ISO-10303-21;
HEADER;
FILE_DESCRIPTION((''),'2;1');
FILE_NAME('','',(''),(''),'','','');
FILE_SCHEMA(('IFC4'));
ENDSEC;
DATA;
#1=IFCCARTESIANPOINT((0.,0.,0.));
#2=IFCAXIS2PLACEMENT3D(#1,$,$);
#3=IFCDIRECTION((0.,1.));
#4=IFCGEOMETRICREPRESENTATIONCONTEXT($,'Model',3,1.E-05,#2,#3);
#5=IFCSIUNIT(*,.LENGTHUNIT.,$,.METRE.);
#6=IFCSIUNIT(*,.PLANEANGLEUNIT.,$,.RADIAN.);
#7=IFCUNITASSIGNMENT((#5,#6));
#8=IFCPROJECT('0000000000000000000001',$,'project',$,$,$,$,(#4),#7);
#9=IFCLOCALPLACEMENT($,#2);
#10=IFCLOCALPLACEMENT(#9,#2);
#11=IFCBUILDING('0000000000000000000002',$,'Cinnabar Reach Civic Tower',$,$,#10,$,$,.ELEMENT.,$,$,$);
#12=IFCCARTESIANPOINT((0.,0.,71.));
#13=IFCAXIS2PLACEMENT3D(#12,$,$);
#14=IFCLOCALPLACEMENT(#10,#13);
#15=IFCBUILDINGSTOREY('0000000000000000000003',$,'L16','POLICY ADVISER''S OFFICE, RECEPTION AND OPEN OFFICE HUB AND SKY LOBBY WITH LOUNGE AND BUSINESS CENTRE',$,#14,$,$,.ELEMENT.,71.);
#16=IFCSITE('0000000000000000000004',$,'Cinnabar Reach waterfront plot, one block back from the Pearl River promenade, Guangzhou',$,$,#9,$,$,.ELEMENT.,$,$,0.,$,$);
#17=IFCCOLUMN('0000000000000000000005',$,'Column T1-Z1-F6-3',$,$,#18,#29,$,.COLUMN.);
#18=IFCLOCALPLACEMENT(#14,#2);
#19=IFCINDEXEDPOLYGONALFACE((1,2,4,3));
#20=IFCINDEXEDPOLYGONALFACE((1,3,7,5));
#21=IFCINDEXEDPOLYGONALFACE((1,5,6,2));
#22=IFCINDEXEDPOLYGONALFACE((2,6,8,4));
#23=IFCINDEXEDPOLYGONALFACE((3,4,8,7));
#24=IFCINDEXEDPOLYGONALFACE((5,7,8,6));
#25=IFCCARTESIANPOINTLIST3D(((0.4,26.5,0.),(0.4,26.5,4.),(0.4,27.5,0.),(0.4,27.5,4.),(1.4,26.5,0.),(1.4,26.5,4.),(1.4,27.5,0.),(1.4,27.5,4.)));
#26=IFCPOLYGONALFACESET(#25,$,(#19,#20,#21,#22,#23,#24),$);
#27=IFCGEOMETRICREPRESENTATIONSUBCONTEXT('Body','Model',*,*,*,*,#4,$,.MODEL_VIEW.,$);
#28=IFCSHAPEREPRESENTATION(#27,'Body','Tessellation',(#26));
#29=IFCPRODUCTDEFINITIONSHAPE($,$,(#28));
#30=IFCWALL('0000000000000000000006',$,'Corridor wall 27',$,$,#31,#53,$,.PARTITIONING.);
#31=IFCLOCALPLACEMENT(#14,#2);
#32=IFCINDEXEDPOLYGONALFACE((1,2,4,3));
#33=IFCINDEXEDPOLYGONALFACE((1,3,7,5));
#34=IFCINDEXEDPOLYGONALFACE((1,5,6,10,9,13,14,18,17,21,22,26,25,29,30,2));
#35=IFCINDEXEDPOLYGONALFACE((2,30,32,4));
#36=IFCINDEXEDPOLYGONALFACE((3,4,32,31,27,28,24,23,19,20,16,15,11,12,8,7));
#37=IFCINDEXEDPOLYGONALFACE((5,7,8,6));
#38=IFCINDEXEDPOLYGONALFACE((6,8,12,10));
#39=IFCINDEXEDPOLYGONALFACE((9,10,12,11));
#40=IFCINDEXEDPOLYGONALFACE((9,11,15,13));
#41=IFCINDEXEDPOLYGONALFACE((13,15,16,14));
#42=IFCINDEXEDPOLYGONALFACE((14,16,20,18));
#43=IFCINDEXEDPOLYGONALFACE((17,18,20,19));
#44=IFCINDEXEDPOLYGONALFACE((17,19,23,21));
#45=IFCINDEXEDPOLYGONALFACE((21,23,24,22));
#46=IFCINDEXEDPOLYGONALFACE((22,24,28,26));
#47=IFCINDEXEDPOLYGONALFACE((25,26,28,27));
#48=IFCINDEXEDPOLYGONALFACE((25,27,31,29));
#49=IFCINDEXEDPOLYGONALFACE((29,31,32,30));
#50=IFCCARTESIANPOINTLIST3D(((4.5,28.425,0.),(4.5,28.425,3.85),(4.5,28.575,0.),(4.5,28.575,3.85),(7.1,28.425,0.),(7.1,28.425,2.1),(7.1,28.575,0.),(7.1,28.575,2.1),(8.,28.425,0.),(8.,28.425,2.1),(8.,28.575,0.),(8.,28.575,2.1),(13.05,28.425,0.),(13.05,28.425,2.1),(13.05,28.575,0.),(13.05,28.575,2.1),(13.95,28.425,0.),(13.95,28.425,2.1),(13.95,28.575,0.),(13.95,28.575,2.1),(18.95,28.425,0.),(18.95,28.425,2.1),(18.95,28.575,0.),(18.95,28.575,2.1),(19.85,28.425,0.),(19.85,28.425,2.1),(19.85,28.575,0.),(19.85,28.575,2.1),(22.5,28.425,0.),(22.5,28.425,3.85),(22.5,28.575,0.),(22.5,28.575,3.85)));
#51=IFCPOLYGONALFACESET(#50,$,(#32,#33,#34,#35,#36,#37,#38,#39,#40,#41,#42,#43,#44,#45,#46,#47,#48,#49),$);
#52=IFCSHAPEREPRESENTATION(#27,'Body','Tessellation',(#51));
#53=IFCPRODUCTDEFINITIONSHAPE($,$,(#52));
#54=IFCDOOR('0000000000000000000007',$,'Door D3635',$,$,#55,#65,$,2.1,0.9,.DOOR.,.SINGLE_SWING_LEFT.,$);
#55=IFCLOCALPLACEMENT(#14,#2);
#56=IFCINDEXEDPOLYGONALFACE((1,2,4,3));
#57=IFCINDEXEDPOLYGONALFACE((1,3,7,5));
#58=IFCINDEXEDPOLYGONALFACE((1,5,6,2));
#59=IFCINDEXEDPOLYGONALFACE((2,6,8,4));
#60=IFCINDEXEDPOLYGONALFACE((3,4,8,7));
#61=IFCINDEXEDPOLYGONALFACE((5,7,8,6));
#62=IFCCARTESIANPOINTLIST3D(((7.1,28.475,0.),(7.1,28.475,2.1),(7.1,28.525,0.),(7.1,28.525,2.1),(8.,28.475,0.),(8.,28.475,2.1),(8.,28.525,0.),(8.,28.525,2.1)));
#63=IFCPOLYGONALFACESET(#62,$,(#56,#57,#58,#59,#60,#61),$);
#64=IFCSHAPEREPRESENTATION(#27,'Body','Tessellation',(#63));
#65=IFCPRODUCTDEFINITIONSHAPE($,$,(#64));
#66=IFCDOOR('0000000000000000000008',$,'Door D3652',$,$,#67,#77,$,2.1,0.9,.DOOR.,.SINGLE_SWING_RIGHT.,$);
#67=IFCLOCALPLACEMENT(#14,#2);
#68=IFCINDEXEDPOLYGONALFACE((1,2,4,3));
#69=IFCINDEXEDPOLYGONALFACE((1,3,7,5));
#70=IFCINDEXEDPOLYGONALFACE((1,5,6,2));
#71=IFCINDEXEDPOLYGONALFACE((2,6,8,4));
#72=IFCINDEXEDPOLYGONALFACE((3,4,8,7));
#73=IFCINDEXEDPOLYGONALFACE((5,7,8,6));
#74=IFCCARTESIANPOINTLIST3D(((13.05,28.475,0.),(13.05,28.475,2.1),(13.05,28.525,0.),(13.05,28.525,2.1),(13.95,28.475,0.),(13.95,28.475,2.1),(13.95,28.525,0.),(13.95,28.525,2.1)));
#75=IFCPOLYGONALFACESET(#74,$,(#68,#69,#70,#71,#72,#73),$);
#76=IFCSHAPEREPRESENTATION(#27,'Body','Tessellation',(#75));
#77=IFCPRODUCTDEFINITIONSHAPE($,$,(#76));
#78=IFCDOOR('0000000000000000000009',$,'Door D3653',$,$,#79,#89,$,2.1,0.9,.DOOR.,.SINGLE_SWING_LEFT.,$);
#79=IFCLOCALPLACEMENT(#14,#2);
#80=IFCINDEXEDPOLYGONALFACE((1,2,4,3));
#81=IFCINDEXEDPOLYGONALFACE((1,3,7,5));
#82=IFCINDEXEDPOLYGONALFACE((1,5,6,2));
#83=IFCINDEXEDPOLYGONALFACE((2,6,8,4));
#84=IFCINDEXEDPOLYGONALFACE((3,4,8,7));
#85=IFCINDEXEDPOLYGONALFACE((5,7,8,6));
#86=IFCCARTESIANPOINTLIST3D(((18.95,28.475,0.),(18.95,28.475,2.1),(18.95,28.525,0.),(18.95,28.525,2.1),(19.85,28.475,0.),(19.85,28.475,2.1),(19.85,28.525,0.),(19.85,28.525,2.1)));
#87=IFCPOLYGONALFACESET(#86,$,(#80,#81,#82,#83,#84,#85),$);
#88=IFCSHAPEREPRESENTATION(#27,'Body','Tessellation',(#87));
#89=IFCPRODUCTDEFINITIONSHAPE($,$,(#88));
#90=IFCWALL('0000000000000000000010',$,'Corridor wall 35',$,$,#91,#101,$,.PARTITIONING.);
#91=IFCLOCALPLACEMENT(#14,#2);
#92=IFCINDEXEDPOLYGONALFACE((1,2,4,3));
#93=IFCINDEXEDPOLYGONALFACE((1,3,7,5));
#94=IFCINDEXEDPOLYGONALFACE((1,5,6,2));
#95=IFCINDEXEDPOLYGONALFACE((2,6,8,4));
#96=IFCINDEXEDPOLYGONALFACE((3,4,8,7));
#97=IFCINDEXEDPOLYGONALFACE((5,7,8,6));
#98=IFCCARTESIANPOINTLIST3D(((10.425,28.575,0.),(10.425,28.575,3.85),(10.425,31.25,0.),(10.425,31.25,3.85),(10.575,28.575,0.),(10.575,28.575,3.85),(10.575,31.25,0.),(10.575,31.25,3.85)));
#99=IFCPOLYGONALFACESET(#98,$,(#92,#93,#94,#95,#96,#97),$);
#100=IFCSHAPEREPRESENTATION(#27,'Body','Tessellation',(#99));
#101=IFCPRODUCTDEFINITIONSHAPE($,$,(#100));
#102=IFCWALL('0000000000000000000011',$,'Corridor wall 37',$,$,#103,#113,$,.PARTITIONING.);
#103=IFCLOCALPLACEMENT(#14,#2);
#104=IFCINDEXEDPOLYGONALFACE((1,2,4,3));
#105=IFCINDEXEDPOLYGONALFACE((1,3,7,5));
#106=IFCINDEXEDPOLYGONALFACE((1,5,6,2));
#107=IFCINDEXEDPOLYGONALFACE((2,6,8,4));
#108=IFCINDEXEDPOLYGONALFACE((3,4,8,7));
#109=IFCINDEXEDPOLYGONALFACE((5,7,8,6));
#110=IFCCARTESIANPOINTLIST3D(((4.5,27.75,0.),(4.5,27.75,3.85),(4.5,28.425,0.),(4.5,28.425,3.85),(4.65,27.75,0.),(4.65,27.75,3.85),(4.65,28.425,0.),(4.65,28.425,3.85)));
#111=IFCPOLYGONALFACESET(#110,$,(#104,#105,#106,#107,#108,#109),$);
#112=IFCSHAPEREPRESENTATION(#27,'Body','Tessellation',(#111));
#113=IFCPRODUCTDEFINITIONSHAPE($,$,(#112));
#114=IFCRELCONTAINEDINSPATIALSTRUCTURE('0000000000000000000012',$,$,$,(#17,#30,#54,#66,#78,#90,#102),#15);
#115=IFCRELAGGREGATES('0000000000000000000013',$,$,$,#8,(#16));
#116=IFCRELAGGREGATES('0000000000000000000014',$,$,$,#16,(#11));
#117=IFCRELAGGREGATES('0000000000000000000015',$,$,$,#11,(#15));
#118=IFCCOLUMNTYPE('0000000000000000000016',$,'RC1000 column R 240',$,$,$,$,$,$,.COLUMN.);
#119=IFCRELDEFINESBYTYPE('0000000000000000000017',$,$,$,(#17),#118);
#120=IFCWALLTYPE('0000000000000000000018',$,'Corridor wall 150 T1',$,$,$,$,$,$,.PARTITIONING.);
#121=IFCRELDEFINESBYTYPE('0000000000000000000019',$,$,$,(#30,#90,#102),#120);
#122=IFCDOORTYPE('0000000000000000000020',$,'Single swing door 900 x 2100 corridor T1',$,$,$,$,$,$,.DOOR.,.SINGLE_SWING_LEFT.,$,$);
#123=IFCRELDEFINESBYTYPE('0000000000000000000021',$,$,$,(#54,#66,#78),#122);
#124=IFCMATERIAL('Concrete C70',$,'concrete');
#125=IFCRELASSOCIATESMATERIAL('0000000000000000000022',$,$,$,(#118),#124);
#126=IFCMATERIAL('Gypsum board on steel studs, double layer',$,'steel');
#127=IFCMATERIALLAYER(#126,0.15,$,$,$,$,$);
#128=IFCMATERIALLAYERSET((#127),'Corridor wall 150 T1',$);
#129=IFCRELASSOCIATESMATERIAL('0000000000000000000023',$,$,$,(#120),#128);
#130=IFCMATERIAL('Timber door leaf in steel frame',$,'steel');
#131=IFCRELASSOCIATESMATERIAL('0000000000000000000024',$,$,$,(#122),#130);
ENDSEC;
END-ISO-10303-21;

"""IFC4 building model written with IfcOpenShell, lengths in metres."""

from ifc_helpers import new_model, si_unit, direction, frame, frame_2d, origin, origin_2d, place, context, subcontext, project, spatial, rectangle, extrude, material, layer, layer_set, material_profile, profile_set, type_object, element, fill, save


model = new_model("IFC4")

# Units and contexts
model_context = context("Model", 3, precision=1e-05, world=origin(), true_north=direction((0.0, 1.0)))
body_context = subcontext(model_context, "Body", "Model", "MODEL_VIEW")
ifc_project = project(units=[si_unit("LENGTHUNIT", "METRE"), si_unit("PLANEANGLEUNIT", "RADIAN")], contexts=[model_context])

# Site, building, storey
site_placement = place(None, origin())
site = spatial("IfcSite", under=ifc_project, at=site_placement, Name="Cinnabar Reach waterfront plot, one block back from the Pearl River promenade, Guangzhou", CompositionType="ELEMENT", RefElevation=0.0)
building_placement = place(site_placement, origin())
building = spatial("IfcBuilding", under=site, at=building_placement, Name="Cinnabar Reach Civic Tower", CompositionType="ELEMENT")
storey_placement = place(building_placement, frame((0.0, 0.0, 71.0)))
storey = spatial("IfcBuildingStorey", under=building, at=storey_placement, Name="L16", Description="POLICY ADVISER'S OFFICE, RECEPTION AND OPEN OFFICE HUB AND SKY LOBBY WITH LOUNGE AND BUSINESS CENTRE", CompositionType="ELEMENT", Elevation=71.0)

# Column
ifc_material_1 = material(Name="Concrete C70", Category="concrete")
ifc_material_profile = material_profile(ifc_material_1, rectangle(XDim=1.0, YDim=1.0, at=origin_2d()), Name="RC1000")
ifc_profile_set = profile_set([ifc_material_profile], Name="Concrete C70")
column_type = type_object("IfcColumnType", Name="RC1000 column R 240", PredefinedType="COLUMN", material=ifc_profile_set)
column_placement = place(storey_placement, frame((0.9, 27.0, 0.0), z_axis=(0.0, 0.0, 1.0), x_axis=(1.0, 0.0, 0.0)))
element("IfcColumn", 1, at=column_placement, inside=storey, type_object=column_type, Name="Column T1-Z1-F6-3", PredefinedType="COLUMN", context=body_context, shape_type="SweptSolid", body=[
    extrude(rectangle(XDim=1.0, YDim=1.0, at=origin_2d()), origin(), (0.0, 0.0, 1.0), 4.0),
])

# Wall, openings, doors
ifc_material_2 = material(Name="Gypsum board on steel studs, double layer", Category="steel")
ifc_layer_1 = layer(ifc_material_2, 0.15)
ifc_layer_set_1 = layer_set([ifc_layer_1], Name="Corridor wall 150 T1")
wall_type_1 = type_object("IfcWallType", Name="Corridor wall 150 T1", PredefinedType="PARTITIONING", material=ifc_layer_set_1)
wall_1_placement = place(storey_placement, frame((4.5, 28.5, 0.0), z_axis=(0.0, 0.0, 1.0), x_axis=(1.0, 0.0, 0.0)))
wall_1 = element("IfcWall", 2, at=wall_1_placement, inside=storey, type_object=wall_type_1, Name="Corridor wall 27", PredefinedType="PARTITIONING", context=body_context, shape_type="SweptSolid", body=[
    extrude(rectangle(XDim=18.0, YDim=0.15, at=frame_2d((9.0, 0.0))), origin(), (0.0, 0.0, 1.0), 3.85),
])
opening_1_placement = place(wall_1_placement, frame((2.6, 0.0, 0.0)))
opening_1 = element("IfcOpeningElement", 3, at=opening_1_placement, cuts=wall_1, PredefinedType="OPENING", context=body_context, shape_type="SweptSolid", body=[
    extrude(rectangle(XDim=0.9, YDim=2.1, at=frame_2d((0.45, 1.05))), frame((0.0, 0.085, 0.0), z_axis=(0.0, -1.0, 0.0), x_axis=(1.0, 0.0, 0.0)), (0.0, 0.0, 1.0), 0.17),
])
opening_2_placement = place(wall_1_placement, frame((8.55, 0.0, 0.0)))
opening_2 = element("IfcOpeningElement", 4, at=opening_2_placement, cuts=wall_1, PredefinedType="OPENING", context=body_context, shape_type="SweptSolid", body=[
    extrude(rectangle(XDim=0.9, YDim=2.1, at=frame_2d((0.45, 1.05))), frame((0.0, 0.085, 0.0), z_axis=(0.0, -1.0, 0.0), x_axis=(1.0, 0.0, 0.0)), (0.0, 0.0, 1.0), 0.17),
])
opening_3_placement = place(wall_1_placement, frame((14.45, 0.0, 0.0)))
opening_3 = element("IfcOpeningElement", 5, at=opening_3_placement, cuts=wall_1, PredefinedType="OPENING", context=body_context, shape_type="SweptSolid", body=[
    extrude(rectangle(XDim=0.9, YDim=2.1, at=frame_2d((0.45, 1.05))), frame((0.0, 0.085, 0.0), z_axis=(0.0, -1.0, 0.0), x_axis=(1.0, 0.0, 0.0)), (0.0, 0.0, 1.0), 0.17),
])
ifc_material_3 = material(Name="Timber door leaf in steel frame", Category="steel")
door_type_1 = type_object("IfcDoorType", Name="Single swing door 900 x 2100 corridor T1", OperationType="SINGLE_SWING_LEFT", PredefinedType="DOOR", material=ifc_material_3)
door_1_placement = place(opening_1_placement, frame((0.9, 0.0, 0.0), z_axis=(0.0, 0.0, 1.0), x_axis=(-1.0, 0.0, 0.0)))
door_1 = element("IfcDoor", 6, at=door_1_placement, inside=storey, type_object=door_type_1, Name="Door D3635", OperationType="SINGLE_SWING_LEFT", OverallHeight=2.1, OverallWidth=0.9, PredefinedType="DOOR", context=body_context, shape_type="SweptSolid", body=[
    extrude(rectangle(XDim=0.9, YDim=2.1, at=frame_2d((0.45, 1.05))), frame((0.0, 0.025, 0.0), z_axis=(0.0, -1.0, 0.0), x_axis=(1.0, 0.0, 0.0)), (0.0, 0.0, 1.0), 0.05),
])
fill(opening_1, door_1)
door_2_placement = place(opening_2_placement, origin())
door_2 = element("IfcDoor", 7, at=door_2_placement, inside=storey, type_object=door_type_1, Name="Door D3652", OperationType="SINGLE_SWING_RIGHT", OverallHeight=2.1, OverallWidth=0.9, PredefinedType="DOOR", context=body_context, shape_type="SweptSolid", body=[
    extrude(rectangle(XDim=0.9, YDim=2.1, at=frame_2d((0.45, 1.05))), frame((0.0, 0.025, 0.0), z_axis=(0.0, -1.0, 0.0), x_axis=(1.0, 0.0, 0.0)), (0.0, 0.0, 1.0), 0.05),
])
fill(opening_2, door_2)
door_3_placement = place(opening_3_placement, origin())
door_3 = element("IfcDoor", 8, at=door_3_placement, inside=storey, type_object=door_type_1, Name="Door D3653", OperationType="SINGLE_SWING_LEFT", OverallHeight=2.1, OverallWidth=0.9, PredefinedType="DOOR", context=body_context, shape_type="SweptSolid", body=[
    extrude(rectangle(XDim=0.9, YDim=2.1, at=frame_2d((0.45, 1.05))), frame((0.0, 0.025, 0.0), z_axis=(0.0, -1.0, 0.0), x_axis=(1.0, 0.0, 0.0)), (0.0, 0.0, 1.0), 0.05),
])
fill(opening_3, door_3)

# Walls
wall_2_placement = place(storey_placement, frame((10.5, 28.575, 0.0), z_axis=(0.0, 0.0, 1.0), x_axis=(0.0, 1.0, 0.0)))
element("IfcWall", 9, at=wall_2_placement, inside=storey, type_object=wall_type_1, Name="Corridor wall 35", PredefinedType="PARTITIONING", context=body_context, shape_type="SweptSolid", body=[
    extrude(rectangle(XDim=2.675, YDim=0.15, at=frame_2d((1.3375, 0.0))), origin(), (0.0, 0.0, 1.0), 3.85),
])
wall_3_placement = place(storey_placement, frame((4.575, 27.75, 0.0), z_axis=(0.0, 0.0, 1.0), x_axis=(0.0, 1.0, 0.0)))
element("IfcWall", 10, at=wall_3_placement, inside=storey, type_object=wall_type_1, Name="Corridor wall 37", PredefinedType="PARTITIONING", context=body_context, shape_type="SweptSolid", body=[
    extrude(rectangle(XDim=0.675, YDim=0.15, at=frame_2d((0.3375, 0.0))), origin(), (0.0, 0.0, 1.0), 3.85),
])

save(model, "model.ifc")
